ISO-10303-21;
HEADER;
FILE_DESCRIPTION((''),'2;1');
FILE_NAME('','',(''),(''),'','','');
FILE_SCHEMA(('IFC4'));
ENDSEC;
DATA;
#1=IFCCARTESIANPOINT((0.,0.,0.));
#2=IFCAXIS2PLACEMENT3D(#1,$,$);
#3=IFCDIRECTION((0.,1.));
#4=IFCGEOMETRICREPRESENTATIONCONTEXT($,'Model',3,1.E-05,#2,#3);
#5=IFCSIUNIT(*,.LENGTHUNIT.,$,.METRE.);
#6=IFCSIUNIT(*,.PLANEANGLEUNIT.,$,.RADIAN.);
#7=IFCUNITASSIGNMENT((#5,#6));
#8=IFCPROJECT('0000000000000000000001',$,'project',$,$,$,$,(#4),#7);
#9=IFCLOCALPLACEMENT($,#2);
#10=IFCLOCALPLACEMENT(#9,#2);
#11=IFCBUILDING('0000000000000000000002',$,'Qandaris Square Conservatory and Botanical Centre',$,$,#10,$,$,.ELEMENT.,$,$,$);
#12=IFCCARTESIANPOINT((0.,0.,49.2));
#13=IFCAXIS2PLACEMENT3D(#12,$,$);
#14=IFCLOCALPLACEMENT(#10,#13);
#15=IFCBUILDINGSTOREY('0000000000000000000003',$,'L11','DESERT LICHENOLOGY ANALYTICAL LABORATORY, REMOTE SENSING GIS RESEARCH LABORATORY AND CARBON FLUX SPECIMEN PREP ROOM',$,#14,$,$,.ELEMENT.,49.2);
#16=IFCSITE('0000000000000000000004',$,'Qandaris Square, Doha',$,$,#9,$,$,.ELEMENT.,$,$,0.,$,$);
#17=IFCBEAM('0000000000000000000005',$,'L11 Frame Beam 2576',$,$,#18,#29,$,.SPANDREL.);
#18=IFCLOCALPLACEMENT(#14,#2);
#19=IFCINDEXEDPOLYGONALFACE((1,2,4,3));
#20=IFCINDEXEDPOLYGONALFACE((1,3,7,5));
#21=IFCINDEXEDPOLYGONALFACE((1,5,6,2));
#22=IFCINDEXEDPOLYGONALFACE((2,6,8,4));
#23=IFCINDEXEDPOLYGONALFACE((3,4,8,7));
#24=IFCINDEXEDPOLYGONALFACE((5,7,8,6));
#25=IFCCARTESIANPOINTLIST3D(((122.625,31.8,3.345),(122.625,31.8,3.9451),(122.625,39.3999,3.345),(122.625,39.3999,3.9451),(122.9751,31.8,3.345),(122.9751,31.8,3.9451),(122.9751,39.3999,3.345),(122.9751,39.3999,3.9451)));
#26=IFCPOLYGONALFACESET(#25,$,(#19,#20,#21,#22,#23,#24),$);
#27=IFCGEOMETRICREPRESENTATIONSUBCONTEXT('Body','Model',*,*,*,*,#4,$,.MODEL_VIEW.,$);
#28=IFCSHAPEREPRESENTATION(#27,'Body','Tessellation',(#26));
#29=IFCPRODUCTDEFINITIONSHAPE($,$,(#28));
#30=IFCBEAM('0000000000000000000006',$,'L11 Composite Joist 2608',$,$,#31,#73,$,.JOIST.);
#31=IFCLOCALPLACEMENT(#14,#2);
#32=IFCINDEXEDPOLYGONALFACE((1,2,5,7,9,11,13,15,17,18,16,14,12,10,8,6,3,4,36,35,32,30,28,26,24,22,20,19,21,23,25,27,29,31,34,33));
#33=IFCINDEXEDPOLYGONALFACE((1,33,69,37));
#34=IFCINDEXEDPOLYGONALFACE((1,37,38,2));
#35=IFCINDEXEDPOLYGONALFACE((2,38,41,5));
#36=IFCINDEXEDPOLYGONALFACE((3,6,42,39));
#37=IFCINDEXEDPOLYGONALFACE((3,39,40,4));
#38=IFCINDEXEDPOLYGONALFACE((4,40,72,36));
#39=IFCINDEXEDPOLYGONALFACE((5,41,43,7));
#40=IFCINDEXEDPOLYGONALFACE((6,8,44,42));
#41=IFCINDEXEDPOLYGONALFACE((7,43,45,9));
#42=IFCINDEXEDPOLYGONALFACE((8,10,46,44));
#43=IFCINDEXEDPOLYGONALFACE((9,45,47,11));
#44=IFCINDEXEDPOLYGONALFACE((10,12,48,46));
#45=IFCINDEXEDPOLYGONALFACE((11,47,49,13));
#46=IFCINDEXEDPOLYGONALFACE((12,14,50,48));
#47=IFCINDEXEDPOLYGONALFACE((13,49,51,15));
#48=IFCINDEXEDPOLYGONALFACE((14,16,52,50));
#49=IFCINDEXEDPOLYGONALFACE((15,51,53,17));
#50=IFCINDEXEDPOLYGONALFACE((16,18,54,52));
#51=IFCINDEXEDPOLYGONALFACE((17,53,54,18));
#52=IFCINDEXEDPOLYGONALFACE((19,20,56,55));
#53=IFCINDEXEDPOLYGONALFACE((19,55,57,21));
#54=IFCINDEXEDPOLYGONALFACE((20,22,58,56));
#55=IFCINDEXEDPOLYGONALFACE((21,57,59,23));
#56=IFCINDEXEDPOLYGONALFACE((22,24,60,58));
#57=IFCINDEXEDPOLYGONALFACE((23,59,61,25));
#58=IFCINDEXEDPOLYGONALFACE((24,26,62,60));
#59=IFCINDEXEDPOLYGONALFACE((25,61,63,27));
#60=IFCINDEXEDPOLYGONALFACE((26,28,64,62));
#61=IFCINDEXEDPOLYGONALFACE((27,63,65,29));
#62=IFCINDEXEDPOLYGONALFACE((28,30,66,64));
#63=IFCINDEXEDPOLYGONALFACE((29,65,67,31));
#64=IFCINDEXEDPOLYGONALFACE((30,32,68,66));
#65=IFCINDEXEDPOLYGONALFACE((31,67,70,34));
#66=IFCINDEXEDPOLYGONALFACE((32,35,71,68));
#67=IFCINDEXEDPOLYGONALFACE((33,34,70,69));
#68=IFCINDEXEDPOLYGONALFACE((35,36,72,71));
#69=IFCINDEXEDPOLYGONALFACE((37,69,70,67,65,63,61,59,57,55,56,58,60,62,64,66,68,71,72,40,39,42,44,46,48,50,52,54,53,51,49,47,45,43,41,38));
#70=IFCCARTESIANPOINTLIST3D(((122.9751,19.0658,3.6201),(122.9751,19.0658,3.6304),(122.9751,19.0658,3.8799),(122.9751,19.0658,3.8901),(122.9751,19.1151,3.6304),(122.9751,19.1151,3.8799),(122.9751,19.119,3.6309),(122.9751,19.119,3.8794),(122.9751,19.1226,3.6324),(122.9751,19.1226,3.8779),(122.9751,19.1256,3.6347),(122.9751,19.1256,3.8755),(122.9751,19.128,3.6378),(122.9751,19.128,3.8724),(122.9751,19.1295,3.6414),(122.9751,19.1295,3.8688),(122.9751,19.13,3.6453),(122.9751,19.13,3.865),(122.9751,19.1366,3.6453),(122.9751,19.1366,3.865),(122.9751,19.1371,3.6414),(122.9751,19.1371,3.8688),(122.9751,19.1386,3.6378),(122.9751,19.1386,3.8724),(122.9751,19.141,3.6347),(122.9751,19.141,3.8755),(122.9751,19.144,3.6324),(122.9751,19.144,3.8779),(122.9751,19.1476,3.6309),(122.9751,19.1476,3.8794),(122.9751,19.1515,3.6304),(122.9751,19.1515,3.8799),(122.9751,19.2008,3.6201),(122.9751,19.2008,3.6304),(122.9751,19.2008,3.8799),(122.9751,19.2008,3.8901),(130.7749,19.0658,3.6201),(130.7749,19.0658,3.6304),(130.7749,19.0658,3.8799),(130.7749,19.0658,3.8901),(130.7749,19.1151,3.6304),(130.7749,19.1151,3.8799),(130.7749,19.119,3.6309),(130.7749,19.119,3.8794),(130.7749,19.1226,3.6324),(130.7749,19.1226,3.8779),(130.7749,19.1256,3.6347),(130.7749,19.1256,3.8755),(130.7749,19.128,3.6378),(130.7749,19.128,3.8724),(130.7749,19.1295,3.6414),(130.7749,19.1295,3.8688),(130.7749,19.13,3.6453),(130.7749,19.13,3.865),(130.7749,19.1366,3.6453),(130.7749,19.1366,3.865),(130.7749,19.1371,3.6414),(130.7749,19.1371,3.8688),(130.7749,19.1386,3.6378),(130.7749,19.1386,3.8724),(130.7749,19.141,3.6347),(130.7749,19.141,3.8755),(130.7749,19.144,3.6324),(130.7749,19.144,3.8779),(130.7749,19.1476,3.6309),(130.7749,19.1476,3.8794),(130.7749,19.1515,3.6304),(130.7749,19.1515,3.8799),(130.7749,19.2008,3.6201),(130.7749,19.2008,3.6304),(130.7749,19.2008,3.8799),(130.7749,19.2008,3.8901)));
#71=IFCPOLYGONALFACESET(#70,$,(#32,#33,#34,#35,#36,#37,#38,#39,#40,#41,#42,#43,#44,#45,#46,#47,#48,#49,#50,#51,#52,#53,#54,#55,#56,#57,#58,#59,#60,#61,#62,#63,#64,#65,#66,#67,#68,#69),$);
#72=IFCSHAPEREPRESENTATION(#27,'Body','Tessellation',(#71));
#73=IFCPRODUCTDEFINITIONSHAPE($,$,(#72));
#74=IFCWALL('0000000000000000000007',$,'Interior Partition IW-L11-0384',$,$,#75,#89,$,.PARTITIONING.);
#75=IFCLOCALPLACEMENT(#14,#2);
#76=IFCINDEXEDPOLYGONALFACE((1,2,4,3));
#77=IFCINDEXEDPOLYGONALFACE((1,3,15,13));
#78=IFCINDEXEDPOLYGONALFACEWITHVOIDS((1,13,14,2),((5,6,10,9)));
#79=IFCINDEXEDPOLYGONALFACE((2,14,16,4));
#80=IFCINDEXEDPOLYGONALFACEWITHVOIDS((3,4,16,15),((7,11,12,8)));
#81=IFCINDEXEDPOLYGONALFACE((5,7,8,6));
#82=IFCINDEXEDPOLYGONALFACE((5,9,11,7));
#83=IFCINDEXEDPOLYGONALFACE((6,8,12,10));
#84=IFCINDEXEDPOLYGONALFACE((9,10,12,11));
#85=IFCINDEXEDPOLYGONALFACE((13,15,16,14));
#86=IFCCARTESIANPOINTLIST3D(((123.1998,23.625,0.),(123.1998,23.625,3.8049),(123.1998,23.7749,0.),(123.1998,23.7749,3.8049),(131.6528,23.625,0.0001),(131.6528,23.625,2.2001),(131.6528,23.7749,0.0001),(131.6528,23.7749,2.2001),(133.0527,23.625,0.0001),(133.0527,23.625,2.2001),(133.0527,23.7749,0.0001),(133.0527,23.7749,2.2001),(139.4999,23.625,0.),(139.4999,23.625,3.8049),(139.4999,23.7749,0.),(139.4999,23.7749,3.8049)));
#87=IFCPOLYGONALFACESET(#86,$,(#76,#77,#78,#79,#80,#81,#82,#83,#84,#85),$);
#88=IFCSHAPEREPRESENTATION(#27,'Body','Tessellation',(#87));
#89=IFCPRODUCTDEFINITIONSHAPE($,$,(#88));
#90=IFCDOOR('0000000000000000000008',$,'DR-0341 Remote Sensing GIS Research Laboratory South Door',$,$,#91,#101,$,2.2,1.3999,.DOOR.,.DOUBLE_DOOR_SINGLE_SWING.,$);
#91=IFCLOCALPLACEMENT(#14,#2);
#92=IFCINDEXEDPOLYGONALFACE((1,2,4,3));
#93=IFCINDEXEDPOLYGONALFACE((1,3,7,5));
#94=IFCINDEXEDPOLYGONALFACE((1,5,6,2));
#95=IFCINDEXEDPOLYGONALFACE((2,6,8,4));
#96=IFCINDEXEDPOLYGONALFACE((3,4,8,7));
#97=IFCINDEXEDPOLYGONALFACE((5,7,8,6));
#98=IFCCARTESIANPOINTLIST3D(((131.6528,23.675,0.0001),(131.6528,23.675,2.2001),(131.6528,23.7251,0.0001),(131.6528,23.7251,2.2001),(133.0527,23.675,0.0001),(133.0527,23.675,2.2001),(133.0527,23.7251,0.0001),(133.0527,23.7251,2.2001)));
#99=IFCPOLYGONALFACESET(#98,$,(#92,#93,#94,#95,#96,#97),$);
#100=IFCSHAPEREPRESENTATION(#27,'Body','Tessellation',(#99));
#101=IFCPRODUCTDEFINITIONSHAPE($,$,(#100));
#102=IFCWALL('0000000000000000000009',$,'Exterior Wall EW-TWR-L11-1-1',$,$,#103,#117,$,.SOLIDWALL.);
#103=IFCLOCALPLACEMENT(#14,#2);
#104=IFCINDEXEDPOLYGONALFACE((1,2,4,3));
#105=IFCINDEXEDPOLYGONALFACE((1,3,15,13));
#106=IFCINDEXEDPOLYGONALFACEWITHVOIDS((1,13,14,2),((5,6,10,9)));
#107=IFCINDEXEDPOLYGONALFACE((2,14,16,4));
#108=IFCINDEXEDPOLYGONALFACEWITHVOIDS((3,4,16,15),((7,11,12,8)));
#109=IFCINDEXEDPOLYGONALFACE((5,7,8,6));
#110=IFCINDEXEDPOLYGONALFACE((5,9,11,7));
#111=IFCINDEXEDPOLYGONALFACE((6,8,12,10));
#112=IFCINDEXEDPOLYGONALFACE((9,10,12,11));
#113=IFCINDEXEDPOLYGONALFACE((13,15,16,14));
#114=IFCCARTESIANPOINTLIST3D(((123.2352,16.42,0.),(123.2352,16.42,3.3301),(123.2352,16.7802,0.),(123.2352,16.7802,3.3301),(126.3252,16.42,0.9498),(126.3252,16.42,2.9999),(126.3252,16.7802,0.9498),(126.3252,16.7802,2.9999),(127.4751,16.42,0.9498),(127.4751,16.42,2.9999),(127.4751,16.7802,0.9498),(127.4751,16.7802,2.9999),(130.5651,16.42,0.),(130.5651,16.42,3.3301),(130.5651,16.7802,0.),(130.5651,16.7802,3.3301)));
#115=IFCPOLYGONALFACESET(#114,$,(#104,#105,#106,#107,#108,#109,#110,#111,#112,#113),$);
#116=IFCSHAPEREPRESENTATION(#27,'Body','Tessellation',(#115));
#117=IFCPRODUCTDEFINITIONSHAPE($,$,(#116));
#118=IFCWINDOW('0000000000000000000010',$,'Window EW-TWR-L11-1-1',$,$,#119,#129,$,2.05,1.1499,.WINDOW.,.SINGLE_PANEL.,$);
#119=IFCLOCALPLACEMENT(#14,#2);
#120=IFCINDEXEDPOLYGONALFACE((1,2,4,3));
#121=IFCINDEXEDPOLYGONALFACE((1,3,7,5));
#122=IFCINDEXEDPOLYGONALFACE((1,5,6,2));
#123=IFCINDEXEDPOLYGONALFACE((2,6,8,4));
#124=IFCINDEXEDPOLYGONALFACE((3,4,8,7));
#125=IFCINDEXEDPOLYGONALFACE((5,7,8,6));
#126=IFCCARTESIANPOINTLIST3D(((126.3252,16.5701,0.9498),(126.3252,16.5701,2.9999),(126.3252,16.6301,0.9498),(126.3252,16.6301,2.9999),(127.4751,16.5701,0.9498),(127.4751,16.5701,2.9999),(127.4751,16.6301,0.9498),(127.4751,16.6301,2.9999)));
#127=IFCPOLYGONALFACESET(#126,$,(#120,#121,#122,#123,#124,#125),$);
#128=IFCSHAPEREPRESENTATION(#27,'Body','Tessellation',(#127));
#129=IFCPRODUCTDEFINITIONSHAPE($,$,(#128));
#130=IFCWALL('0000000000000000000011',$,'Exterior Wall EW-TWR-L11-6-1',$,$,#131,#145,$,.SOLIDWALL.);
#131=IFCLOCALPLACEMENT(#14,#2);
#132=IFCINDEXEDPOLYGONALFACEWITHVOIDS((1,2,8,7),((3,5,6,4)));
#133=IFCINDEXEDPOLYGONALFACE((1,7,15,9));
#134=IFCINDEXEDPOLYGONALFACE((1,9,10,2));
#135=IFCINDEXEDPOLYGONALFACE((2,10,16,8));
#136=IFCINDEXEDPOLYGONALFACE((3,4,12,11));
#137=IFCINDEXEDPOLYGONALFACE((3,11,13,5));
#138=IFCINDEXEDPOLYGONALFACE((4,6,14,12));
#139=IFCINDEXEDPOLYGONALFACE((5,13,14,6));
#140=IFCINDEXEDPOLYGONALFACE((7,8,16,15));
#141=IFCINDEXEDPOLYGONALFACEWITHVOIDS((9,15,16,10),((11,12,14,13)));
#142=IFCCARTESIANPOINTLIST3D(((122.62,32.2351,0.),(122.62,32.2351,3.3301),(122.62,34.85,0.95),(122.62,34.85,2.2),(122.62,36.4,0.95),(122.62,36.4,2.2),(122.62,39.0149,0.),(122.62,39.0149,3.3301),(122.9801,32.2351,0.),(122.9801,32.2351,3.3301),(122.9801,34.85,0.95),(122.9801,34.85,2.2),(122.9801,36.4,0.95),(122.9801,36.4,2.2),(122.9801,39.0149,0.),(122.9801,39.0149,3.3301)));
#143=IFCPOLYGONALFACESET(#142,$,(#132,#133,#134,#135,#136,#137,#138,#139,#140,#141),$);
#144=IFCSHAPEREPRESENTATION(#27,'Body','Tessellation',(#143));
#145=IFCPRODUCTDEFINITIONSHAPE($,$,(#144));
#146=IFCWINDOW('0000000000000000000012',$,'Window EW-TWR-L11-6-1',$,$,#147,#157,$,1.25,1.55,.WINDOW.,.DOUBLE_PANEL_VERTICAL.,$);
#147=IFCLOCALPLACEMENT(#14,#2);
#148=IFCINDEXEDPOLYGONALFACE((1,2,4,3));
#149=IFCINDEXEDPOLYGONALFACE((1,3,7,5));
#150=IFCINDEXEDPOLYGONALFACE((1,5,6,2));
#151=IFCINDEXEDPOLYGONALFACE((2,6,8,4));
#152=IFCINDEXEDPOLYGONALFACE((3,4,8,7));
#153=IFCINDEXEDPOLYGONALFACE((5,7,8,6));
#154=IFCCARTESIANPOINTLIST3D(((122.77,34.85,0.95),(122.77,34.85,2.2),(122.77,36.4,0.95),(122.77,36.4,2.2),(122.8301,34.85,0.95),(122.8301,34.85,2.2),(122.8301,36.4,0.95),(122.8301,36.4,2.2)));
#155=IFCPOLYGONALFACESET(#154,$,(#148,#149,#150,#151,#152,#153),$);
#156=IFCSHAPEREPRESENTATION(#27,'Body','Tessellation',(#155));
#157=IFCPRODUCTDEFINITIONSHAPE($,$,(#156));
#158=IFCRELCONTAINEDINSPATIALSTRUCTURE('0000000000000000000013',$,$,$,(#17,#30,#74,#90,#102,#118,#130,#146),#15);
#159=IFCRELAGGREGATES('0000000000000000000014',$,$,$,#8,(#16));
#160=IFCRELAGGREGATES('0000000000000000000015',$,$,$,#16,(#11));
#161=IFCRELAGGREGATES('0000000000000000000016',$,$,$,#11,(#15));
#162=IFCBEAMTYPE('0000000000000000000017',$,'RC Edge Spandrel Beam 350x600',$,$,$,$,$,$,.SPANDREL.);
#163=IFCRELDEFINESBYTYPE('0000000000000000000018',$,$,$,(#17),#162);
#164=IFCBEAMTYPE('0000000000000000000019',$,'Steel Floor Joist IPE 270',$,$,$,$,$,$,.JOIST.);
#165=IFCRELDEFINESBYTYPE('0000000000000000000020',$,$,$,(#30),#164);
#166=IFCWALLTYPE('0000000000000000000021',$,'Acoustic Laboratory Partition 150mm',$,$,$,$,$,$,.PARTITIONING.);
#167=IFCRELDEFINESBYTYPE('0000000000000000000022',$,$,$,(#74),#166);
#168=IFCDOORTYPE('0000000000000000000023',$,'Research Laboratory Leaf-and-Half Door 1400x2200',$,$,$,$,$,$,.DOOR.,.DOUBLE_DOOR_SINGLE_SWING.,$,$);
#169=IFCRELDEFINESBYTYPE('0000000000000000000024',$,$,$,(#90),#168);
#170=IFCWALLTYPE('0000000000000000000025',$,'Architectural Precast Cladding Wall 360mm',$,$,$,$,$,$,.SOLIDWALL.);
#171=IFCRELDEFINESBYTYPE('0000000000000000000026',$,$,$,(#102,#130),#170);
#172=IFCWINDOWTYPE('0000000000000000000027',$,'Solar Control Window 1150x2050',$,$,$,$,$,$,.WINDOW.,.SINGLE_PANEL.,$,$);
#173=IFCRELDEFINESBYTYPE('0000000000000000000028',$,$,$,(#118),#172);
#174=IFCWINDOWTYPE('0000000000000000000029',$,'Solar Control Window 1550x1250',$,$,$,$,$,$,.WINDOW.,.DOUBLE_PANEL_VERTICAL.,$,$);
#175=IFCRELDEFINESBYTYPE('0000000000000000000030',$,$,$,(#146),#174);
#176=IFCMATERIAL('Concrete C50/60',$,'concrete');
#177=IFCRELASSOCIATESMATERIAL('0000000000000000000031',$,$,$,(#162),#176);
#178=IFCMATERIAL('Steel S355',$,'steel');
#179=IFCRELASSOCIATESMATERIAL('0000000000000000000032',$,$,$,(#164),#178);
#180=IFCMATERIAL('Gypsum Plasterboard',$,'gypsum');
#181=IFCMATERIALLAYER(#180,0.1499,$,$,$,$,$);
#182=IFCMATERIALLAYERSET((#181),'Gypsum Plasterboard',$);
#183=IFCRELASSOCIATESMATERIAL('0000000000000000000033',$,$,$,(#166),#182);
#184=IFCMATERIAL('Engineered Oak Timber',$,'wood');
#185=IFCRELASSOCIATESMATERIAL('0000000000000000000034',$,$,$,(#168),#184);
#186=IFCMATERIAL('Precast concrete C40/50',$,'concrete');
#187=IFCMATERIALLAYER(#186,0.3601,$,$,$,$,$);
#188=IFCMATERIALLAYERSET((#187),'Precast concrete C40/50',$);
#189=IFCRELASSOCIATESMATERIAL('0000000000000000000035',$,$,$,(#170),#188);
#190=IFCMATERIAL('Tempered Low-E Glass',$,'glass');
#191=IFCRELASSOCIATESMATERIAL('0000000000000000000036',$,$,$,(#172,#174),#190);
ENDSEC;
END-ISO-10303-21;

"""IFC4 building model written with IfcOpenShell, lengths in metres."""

from ifc_helpers import new_model, si_unit, direction, frame, frame_2d, origin, origin_2d, place, context, subcontext, project, spatial, rectangle, i_section, extrude, material, layer, layer_set, material_profile, profile_set, type_object, element, fill, save


model = new_model("IFC4")

# Units and contexts
model_context = context("Model", 3, precision=1e-05, world=origin(), true_north=direction((0.0, 1.0)))
body_context = subcontext(model_context, "Body", "Model", "MODEL_VIEW")
ifc_project = project(units=[si_unit("LENGTHUNIT", "METRE"), si_unit("PLANEANGLEUNIT", "RADIAN")], contexts=[model_context])

# Site, building, storey
site_placement = place(None, origin())
site = spatial("IfcSite", under=ifc_project, at=site_placement, Name="Qandaris Square, Doha", CompositionType="ELEMENT", RefElevation=0.0)
building_placement = place(site_placement, origin())
building = spatial("IfcBuilding", under=site, at=building_placement, Name="Qandaris Square Conservatory and Botanical Centre", CompositionType="ELEMENT")
storey_placement = place(building_placement, frame((0.0, 0.0, 49.2)))
storey = spatial("IfcBuildingStorey", under=building, at=storey_placement, Name="L11", Description="DESERT LICHENOLOGY ANALYTICAL LABORATORY, REMOTE SENSING GIS RESEARCH LABORATORY AND CARBON FLUX SPECIMEN PREP ROOM", CompositionType="ELEMENT", Elevation=49.2)

# Beams
ifc_material_1 = material(Name="Steel S355", Category="steel")
ifc_material_2 = material(Name="Concrete C50/60", Category="concrete")
ifc_material_profile_1 = material_profile(ifc_material_2, rectangle(XDim=0.3501, YDim=0.6001, at=origin_2d()), Name="RC-SP 350x600")
ifc_profile_set_1 = profile_set([ifc_material_profile_1], Name="Concrete C50/60")
beam_type_1 = type_object("IfcBeamType", Name="RC Edge Spandrel Beam 350x600", PredefinedType="SPANDREL", material=ifc_profile_set_1)
beam_1_placement = place(storey_placement, frame((122.8, 31.8, 3.645), z_axis=(0.0, 1.0, 0.0), x_axis=(-1.0, 0.0, 0.0)))
element("IfcBeam", 1, at=beam_1_placement, inside=storey, type_object=beam_type_1, Name="L11 Frame Beam 2576", PredefinedType="SPANDREL", context=body_context, shape_type="SweptSolid", body=[
    extrude(rectangle(XDim=0.3501, YDim=0.6001, at=origin_2d()), origin(), (0.0, 0.0, 1.0), 7.5999),
])
ifc_material_profile_2 = material_profile(ifc_material_1, i_section(OverallWidth=0.135, OverallDepth=0.27, WebThickness=0.0066, FlangeThickness=0.0103, FilletRadius=0.0149, at=origin_2d()), Name="IPE 270")
ifc_profile_set_2 = profile_set([ifc_material_profile_2], Name="Steel S355")
beam_type_2 = type_object("IfcBeamType", Name="Steel Floor Joist IPE 270", PredefinedType="JOIST", material=ifc_profile_set_2)
beam_2_placement = place(storey_placement, frame((122.9751, 19.1333, 3.7551), z_axis=(1.0, 0.0, 0.0), x_axis=(0.0, 1.0, 0.0)))
element("IfcBeam", 2, at=beam_2_placement, inside=storey, type_object=beam_type_2, Name="L11 Composite Joist 2608", PredefinedType="JOIST", context=body_context, shape_type="SweptSolid", body=[
    extrude(i_section(OverallWidth=0.135, OverallDepth=0.27, WebThickness=0.0066, FlangeThickness=0.0103, FilletRadius=0.0149, at=origin_2d()), origin(), (0.0, 0.0, 1.0), 7.7998),
])

# Wall, opening, door
ifc_material_3 = material(Name="Gypsum Plasterboard", Category="gypsum")
ifc_layer_1 = layer(ifc_material_3, 0.1499)
ifc_layer_set_1 = layer_set([ifc_layer_1], Name="Gypsum Plasterboard")
wall_type_1 = type_object("IfcWallType", Name="Acoustic Laboratory Partition 150mm", PredefinedType="PARTITIONING", material=ifc_layer_set_1)
wall_1_placement = place(storey_placement, frame((123.2, 23.7, 0.0), z_axis=(0.0, 0.0, 1.0), x_axis=(1.0, 0.0, 0.0)))
wall_1 = element("IfcWall", 3, at=wall_1_placement, inside=storey, type_object=wall_type_1, Name="Interior Partition IW-L11-0384", PredefinedType="PARTITIONING", context=body_context, shape_type="SweptSolid", body=[
    extrude(rectangle(XDim=16.3, YDim=0.1499, at=frame_2d((8.1499, 0.0))), origin(), (0.0, 0.0, 1.0), 3.8049),
])
opening_1_placement = place(wall_1_placement, frame((8.4529, 0.0, 0.0)))
opening_1 = element("IfcOpeningElement", 4, at=opening_1_placement, cuts=wall_1, PredefinedType="OPENING", context=body_context, shape_type="SweptSolid", body=[
    extrude(rectangle(XDim=1.3999, YDim=2.2, at=frame_2d((0.7, 1.1001))), frame((0.0, 0.0869, 0.0), z_axis=(0.0, -1.0, 0.0), x_axis=(1.0, 0.0, 0.0)), (0.0, 0.0, 1.0), 0.1738),
])
ifc_material_4 = material(Name="Engineered Oak Timber", Category="wood")
door_type_1 = type_object("IfcDoorType", Name="Research Laboratory Leaf-and-Half Door 1400x2200", OperationType="DOUBLE_DOOR_SINGLE_SWING", PredefinedType="DOOR", material=ifc_material_4)
door_1_placement = place(opening_1_placement, frame((1.3999, 0.0, 0.0), z_axis=(0.0, 0.0, 1.0), x_axis=(-1.0, 0.0, 0.0)))
door_1 = element("IfcDoor", 5, at=door_1_placement, inside=storey, type_object=door_type_1, Name="DR-0341 Remote Sensing GIS Research Laboratory South Door", OperationType="DOUBLE_DOOR_SINGLE_SWING", OverallHeight=2.2, OverallWidth=1.3999, PredefinedType="DOOR", context=body_context, shape_type="SweptSolid", body=[
    extrude(rectangle(XDim=1.3999, YDim=2.2, at=frame_2d((0.7, 1.1001))), frame((0.0, 0.0249, 0.0), z_axis=(0.0, -1.0, 0.0), x_axis=(1.0, 0.0, 0.0)), (0.0, 0.0, 1.0), 0.05),
])
fill(opening_1, door_1)

# Walls, openings, windows
ifc_material_5 = material(Name="Precast concrete C40/50", Category="concrete")
ifc_layer_2 = layer(ifc_material_5, 0.3601)
ifc_layer_set_2 = layer_set([ifc_layer_2], Name="Precast concrete C40/50")
wall_type_2 = type_object("IfcWallType", Name="Architectural Precast Cladding Wall 360mm", PredefinedType="SOLIDWALL", material=ifc_layer_set_2)
wall_2_placement = place(storey_placement, frame((123.2351, 16.6001, 0.0), z_axis=(0.0, 0.0, 1.0), x_axis=(1.0, 0.0, 0.0)))
wall_2 = element("IfcWall", 6, at=wall_2_placement, inside=storey, type_object=wall_type_2, Name="Exterior Wall EW-TWR-L11-1-1", PredefinedType="SOLIDWALL", context=body_context, shape_type="SweptSolid", body=[
    extrude(rectangle(XDim=7.3298, YDim=0.3601, at=frame_2d((3.665, 0.0))), origin(), (0.0, 0.0, 1.0), 3.3301),
])
opening_2_placement = place(wall_2_placement, frame((3.0901, 0.0, 0.95)))
opening_2 = element("IfcOpeningElement", 7, at=opening_2_placement, cuts=wall_2, PredefinedType="OPENING", context=body_context, shape_type="SweptSolid", body=[
    extrude(rectangle(XDim=1.1499, YDim=2.05, at=frame_2d((0.575, 1.0249))), frame((0.0, 0.1919, 0.0), z_axis=(0.0, -1.0, 0.0), x_axis=(1.0, 0.0, 0.0)), (0.0, 0.0, 1.0), 0.384),
])
ifc_material_6 = material(Name="Tempered Low-E Glass", Category="glass")
window_type_1 = type_object("IfcWindowType", Name="Solar Control Window 1150x2050", PartitioningType="SINGLE_PANEL", PredefinedType="WINDOW", material=ifc_material_6)
window_1_placement = place(opening_2_placement, origin())
window_1 = element("IfcWindow", 8, at=window_1_placement, inside=storey, type_object=window_type_1, Name="Window EW-TWR-L11-1-1", OverallHeight=2.05, OverallWidth=1.1499, PartitioningType="SINGLE_PANEL", PredefinedType="WINDOW", context=body_context, shape_type="SweptSolid", body=[
    extrude(rectangle(XDim=1.1499, YDim=2.05, at=frame_2d((0.575, 1.0249))), frame((0.0, 0.03, 0.0), z_axis=(0.0, -1.0, 0.0), x_axis=(1.0, 0.0, 0.0)), (0.0, 0.0, 1.0), 0.0601),
])
fill(opening_2, window_1)
wall_3_placement = place(storey_placement, frame((122.8, 39.0149, 0.0), z_axis=(0.0, 0.0, 1.0), x_axis=(0.0, -1.0, 0.0)))
wall_3 = element("IfcWall", 9, at=wall_3_placement, inside=storey, type_object=wall_type_2, Name="Exterior Wall EW-TWR-L11-6-1", PredefinedType="SOLIDWALL", context=body_context, shape_type="SweptSolid", body=[
    extrude(rectangle(XDim=6.7798, YDim=0.3601, at=frame_2d((3.3899, 0.0))), origin(), (0.0, 0.0, 1.0), 3.3301),
])
opening_3_placement = place(wall_3_placement, frame((2.615, 0.0, 0.95)))
opening_3 = element("IfcOpeningElement", 10, at=opening_3_placement, cuts=wall_3, PredefinedType="OPENING", context=body_context, shape_type="SweptSolid", body=[
    extrude(rectangle(XDim=1.55, YDim=1.25, at=frame_2d((0.7749, 0.625))), frame((0.0, 0.1919, 0.0), z_axis=(0.0, -1.0, 0.0), x_axis=(1.0, 0.0, 0.0)), (0.0, 0.0, 1.0), 0.384),
])
window_type_2 = type_object("IfcWindowType", Name="Solar Control Window 1550x1250", PartitioningType="DOUBLE_PANEL_VERTICAL", PredefinedType="WINDOW", material=ifc_material_6)
window_2_placement = place(opening_3_placement, origin())
window_2 = element("IfcWindow", 11, at=window_2_placement, inside=storey, type_object=window_type_2, Name="Window EW-TWR-L11-6-1", OverallHeight=1.25, OverallWidth=1.55, PartitioningType="DOUBLE_PANEL_VERTICAL", PredefinedType="WINDOW", context=body_context, shape_type="SweptSolid", body=[
    extrude(rectangle(XDim=1.55, YDim=1.25, at=frame_2d((0.7749, 0.625))), frame((0.0, 0.03, 0.0), z_axis=(0.0, -1.0, 0.0), x_axis=(1.0, 0.0, 0.0)), (0.0, 0.0, 1.0), 0.0601),
])
fill(opening_3, window_2)

save(model, "model.ifc")
